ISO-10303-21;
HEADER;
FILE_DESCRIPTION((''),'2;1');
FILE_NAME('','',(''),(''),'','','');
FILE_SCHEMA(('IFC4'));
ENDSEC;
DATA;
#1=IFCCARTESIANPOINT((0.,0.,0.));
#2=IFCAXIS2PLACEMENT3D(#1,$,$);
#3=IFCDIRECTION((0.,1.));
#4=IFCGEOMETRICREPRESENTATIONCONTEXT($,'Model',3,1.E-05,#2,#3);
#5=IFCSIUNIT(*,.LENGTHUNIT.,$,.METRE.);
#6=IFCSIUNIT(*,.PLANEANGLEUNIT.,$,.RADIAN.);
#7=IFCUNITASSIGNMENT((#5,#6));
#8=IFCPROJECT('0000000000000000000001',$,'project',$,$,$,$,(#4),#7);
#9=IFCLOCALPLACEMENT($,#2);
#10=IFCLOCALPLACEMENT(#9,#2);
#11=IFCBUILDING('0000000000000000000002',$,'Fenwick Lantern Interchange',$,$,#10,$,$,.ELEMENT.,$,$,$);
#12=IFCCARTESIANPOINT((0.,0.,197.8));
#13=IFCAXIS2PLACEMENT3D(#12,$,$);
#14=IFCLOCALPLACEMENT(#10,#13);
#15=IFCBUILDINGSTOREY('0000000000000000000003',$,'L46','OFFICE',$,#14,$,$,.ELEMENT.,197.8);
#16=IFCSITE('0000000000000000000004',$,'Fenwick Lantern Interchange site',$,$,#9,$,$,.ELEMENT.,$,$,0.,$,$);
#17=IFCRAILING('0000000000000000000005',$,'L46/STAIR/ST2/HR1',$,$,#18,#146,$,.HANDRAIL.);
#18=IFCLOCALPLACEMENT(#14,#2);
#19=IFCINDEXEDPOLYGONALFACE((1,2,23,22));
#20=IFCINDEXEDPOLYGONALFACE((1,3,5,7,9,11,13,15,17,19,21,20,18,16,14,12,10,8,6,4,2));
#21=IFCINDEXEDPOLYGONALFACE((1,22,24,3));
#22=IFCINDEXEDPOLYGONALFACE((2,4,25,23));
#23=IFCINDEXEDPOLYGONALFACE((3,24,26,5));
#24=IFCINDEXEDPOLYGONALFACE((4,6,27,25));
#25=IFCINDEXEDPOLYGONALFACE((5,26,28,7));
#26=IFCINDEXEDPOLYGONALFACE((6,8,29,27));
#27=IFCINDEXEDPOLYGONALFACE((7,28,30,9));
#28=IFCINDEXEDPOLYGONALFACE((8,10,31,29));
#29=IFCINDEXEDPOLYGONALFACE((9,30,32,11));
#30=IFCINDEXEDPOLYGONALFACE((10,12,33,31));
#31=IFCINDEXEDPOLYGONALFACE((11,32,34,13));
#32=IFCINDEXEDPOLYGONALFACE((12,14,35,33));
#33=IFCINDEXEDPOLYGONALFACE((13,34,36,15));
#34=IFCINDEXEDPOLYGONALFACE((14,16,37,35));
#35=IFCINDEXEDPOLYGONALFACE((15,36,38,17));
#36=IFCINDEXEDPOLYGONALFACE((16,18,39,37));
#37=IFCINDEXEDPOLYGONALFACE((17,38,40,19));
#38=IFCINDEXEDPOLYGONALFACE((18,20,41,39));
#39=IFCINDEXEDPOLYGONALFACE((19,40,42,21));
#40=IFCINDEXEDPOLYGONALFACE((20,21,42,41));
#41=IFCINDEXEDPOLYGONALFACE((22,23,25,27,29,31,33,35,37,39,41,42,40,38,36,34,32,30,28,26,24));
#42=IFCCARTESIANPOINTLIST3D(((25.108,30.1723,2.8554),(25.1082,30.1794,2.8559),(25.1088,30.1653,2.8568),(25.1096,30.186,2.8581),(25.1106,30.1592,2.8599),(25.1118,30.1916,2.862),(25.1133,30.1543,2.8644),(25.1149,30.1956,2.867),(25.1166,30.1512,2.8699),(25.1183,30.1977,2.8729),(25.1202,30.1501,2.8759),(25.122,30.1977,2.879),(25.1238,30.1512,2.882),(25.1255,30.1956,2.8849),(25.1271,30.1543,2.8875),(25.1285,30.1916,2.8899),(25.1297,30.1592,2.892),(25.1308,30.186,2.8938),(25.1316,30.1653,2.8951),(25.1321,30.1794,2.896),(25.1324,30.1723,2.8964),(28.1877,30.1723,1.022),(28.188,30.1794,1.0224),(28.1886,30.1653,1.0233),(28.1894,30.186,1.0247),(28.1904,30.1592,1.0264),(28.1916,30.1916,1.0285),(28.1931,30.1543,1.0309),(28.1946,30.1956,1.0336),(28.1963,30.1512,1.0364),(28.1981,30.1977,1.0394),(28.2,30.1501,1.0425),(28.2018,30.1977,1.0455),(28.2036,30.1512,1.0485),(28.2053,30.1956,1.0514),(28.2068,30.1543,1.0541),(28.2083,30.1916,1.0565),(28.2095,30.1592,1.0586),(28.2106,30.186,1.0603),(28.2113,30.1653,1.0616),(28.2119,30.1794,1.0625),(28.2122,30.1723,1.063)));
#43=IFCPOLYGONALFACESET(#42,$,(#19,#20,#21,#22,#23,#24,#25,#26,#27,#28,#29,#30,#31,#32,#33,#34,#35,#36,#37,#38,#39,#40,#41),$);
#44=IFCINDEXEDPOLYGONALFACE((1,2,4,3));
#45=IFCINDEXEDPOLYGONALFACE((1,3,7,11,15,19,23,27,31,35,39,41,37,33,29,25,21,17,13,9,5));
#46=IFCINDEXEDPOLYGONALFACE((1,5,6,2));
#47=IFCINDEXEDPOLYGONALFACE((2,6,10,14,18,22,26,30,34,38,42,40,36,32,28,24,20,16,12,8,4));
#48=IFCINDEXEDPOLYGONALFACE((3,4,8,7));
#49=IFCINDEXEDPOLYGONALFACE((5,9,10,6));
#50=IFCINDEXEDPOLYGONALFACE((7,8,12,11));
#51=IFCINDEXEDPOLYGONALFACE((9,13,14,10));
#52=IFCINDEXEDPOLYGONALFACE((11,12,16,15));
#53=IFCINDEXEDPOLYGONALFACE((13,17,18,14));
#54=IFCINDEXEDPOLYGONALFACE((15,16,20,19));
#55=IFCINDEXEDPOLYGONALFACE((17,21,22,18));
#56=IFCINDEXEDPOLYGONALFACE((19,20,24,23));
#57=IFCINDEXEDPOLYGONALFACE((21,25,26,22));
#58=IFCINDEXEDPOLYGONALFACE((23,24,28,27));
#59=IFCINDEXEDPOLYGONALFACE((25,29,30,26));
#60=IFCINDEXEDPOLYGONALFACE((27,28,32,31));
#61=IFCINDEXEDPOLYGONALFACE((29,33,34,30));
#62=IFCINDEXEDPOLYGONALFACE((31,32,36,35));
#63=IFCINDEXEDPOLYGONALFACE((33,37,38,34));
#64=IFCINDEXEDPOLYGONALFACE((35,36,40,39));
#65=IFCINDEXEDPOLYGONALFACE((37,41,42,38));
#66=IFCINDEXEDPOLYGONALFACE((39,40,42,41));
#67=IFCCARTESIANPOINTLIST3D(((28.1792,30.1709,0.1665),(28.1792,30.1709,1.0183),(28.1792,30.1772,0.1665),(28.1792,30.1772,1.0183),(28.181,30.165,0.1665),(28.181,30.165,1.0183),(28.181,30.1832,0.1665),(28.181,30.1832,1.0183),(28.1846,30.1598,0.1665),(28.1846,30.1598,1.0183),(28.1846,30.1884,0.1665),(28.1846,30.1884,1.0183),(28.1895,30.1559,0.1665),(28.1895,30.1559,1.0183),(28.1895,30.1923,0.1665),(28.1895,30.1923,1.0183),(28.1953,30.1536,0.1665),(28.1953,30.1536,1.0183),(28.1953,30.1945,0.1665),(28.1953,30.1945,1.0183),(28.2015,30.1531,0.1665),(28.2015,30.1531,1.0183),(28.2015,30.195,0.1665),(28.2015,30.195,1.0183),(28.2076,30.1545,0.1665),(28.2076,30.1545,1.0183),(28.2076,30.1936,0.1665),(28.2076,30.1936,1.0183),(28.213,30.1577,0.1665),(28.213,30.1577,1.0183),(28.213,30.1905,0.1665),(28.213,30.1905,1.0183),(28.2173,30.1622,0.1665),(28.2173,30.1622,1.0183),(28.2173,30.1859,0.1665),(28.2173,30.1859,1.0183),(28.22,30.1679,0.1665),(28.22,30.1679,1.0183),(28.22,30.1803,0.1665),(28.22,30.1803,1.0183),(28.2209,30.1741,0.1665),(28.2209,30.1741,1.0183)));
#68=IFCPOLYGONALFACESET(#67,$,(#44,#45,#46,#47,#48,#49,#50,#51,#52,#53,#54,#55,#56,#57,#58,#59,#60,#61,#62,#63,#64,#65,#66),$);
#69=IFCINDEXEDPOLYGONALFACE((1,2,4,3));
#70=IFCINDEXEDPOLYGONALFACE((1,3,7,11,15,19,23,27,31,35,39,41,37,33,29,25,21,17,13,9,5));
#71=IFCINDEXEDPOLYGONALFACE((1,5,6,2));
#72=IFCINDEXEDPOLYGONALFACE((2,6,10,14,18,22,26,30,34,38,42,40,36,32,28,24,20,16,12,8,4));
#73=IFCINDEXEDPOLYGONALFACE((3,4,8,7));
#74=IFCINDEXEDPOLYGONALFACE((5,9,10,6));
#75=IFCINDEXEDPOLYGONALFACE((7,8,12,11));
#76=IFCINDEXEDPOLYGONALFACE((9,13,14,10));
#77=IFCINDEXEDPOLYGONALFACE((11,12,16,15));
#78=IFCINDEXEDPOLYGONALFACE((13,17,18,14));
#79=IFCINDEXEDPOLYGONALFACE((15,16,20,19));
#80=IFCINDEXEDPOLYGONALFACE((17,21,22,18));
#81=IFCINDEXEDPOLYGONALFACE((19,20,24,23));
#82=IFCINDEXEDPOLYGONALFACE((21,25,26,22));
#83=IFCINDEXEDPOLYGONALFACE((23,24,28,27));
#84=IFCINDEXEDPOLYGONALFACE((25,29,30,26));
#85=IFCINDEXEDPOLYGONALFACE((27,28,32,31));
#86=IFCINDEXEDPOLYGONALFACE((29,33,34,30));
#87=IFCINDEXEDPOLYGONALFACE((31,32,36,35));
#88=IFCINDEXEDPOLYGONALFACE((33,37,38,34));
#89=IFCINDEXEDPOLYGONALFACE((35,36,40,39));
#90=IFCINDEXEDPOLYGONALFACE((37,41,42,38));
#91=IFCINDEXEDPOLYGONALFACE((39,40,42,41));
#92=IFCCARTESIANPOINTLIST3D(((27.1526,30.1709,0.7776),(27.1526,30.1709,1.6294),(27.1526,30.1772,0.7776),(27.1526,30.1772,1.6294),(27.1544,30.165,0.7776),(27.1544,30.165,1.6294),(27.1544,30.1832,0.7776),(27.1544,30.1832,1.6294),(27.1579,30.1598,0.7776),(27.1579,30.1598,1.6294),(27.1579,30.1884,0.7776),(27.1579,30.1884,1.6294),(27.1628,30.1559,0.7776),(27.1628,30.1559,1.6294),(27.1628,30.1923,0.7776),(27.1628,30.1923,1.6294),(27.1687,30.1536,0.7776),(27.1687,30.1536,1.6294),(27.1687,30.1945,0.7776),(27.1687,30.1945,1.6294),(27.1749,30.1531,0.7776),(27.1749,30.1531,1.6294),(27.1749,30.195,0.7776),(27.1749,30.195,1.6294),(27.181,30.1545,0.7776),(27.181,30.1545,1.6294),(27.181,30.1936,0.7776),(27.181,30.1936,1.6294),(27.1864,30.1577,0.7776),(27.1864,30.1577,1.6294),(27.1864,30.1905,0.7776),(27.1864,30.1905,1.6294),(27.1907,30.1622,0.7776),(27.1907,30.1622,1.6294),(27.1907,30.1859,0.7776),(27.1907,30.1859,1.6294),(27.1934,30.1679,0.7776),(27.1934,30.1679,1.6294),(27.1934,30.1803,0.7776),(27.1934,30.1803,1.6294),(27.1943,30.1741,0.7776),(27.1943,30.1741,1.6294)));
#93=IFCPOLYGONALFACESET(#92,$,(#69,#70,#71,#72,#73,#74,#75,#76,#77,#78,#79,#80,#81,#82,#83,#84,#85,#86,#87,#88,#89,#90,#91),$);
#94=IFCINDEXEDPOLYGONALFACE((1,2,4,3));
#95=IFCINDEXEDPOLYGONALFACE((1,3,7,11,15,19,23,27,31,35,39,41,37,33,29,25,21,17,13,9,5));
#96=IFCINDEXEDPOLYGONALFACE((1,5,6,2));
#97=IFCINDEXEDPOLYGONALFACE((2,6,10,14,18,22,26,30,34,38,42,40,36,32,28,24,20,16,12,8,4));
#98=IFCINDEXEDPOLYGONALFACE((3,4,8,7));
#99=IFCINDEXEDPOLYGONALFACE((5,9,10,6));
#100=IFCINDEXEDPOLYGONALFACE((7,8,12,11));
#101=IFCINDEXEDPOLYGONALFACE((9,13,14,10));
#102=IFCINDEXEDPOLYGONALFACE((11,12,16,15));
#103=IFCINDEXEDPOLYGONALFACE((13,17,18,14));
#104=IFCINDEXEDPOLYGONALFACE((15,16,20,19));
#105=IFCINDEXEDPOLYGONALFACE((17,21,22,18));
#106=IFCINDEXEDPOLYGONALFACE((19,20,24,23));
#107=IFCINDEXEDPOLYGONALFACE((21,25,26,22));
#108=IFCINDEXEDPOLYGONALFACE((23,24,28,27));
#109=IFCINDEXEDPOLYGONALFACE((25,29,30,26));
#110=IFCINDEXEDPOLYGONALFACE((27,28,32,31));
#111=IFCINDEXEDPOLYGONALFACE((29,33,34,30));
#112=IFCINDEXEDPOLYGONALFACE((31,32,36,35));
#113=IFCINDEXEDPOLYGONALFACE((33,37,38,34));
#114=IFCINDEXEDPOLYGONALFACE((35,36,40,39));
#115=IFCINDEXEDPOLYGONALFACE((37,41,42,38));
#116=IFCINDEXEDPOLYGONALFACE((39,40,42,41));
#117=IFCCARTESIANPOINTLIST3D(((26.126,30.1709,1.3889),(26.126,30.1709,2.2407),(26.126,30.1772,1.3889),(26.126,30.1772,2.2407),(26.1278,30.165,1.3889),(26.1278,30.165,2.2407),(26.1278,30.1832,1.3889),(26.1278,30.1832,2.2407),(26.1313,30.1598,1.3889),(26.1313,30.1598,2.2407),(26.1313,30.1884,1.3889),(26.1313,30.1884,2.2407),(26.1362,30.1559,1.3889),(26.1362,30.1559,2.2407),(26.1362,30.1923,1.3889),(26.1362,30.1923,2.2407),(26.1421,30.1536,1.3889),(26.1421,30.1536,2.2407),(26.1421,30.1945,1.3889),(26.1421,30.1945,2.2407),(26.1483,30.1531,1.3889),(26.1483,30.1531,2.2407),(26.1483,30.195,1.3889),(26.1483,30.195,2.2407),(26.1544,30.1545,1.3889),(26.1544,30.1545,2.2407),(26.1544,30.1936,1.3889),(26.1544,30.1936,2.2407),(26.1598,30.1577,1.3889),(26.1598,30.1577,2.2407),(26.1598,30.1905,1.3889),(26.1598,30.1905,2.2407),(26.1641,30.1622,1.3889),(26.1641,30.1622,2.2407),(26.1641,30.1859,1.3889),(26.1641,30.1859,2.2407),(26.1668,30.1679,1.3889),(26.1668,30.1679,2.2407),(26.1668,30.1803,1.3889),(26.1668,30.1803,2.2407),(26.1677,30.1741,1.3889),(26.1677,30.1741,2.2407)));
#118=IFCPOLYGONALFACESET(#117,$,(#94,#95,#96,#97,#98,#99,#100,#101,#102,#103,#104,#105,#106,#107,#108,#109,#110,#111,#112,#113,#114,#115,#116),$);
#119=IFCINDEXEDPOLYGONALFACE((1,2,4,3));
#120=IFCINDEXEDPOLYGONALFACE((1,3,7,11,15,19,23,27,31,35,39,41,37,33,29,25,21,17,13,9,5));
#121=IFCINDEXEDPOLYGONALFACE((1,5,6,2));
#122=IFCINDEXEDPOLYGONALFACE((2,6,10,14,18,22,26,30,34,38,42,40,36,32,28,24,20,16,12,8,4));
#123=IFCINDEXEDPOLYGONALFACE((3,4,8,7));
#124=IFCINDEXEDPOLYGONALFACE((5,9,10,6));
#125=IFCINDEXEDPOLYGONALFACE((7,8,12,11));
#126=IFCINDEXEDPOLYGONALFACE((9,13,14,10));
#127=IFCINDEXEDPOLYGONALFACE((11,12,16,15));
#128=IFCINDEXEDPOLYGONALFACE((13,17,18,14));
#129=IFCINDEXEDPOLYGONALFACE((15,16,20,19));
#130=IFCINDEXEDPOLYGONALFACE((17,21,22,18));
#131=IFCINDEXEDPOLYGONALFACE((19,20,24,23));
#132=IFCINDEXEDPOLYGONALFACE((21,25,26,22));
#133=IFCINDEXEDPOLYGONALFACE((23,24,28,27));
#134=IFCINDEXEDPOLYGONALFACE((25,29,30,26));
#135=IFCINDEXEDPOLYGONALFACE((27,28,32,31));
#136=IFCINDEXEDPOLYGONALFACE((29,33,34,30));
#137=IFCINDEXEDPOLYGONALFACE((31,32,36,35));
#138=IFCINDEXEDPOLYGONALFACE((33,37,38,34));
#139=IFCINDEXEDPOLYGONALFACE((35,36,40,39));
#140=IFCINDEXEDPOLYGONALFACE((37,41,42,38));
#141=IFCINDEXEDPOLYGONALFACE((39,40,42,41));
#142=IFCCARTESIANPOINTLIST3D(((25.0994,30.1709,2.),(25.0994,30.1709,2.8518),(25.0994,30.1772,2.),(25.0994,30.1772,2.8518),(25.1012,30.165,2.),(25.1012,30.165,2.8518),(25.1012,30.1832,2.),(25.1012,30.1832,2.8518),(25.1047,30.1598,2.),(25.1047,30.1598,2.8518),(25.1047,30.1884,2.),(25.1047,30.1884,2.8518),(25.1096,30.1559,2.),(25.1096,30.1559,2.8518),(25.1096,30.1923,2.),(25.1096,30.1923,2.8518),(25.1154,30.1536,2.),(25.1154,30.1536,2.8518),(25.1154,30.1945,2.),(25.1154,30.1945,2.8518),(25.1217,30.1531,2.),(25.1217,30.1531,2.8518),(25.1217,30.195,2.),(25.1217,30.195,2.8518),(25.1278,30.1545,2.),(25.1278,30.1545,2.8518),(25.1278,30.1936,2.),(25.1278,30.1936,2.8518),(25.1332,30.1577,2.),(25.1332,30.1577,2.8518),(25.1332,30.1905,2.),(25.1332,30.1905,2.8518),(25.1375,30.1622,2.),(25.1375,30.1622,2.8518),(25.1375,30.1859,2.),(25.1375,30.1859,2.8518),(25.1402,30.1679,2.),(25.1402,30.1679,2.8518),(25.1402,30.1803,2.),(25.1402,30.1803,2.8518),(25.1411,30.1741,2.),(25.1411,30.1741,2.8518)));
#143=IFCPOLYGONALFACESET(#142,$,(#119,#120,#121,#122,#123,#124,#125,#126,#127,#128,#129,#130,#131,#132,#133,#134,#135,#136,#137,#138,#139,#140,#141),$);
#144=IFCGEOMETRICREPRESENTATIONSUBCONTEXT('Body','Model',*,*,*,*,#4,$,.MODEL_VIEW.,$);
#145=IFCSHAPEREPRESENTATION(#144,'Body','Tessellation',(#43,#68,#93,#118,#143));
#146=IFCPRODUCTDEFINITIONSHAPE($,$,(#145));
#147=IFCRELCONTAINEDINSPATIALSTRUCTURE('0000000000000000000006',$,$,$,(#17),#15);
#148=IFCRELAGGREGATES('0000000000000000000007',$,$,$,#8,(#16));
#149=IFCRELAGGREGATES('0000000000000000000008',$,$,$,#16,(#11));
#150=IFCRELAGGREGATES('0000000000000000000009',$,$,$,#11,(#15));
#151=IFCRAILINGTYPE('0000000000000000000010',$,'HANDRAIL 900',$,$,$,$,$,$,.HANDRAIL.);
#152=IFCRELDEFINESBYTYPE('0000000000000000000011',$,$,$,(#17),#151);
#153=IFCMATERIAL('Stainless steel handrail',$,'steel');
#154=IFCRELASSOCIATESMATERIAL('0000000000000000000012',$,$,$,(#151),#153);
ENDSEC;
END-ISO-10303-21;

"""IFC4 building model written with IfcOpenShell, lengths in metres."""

from ifc_helpers import new_model, si_unit, direction, frame, origin, origin_2d, place, context, subcontext, project, spatial, circle, extrude, material, type_object, element, save


model = new_model("IFC4")

# Units and contexts
model_context = context("Model", 3, precision=1e-05, world=origin(), true_north=direction((0.0, 1.0)))
body_context = subcontext(model_context, "Body", "Model", "MODEL_VIEW")
ifc_project = project(units=[si_unit("LENGTHUNIT", "METRE"), si_unit("PLANEANGLEUNIT", "RADIAN")], contexts=[model_context])

# Site, building, storey
site_placement = place(None, origin())
site = spatial("IfcSite", under=ifc_project, at=site_placement, Name="Fenwick Lantern Interchange site", CompositionType="ELEMENT", RefElevation=0.0)
building_placement = place(site_placement, origin())
building = spatial("IfcBuilding", under=site, at=building_placement, Name="Fenwick Lantern Interchange", CompositionType="ELEMENT")
storey_placement = place(building_placement, frame((0.0, 0.0, 197.8)))
storey = spatial("IfcBuildingStorey", under=building, at=storey_placement, Name="L46", Description="OFFICE", CompositionType="ELEMENT", Elevation=197.8)

# Railing
ifc_material_1 = material(Name="Stainless steel handrail", Category="steel")
railing_type = type_object("IfcRailingType", Name="HANDRAIL 900", PredefinedType="HANDRAIL", material=ifc_material_1)
railing_1_placement = place(storey_placement, frame((28.2, 30.1741, 0.1665)))
element("IfcRailing", 1, at=railing_1_placement, inside=storey, type_object=railing_type, Name="L46/STAIR/ST2/HR1", PredefinedType="HANDRAIL", context=body_context, shape_type="SweptSolid", body=[
    extrude(circle(Radius=0.0239, at=origin_2d()), frame((0.0, 0.0, 0.876), z_axis=(-0.859261, 0.0, 0.511538), x_axis=(0.0, -1.0, 0.0)), (0.0, 0.0, 1.0), 3.5842),
    extrude(circle(Radius=0.021, at=origin_2d()), origin(), (0.0, 0.0, 1.0), 0.8518),
    extrude(circle(Radius=0.021, at=origin_2d()), frame((-1.0266, 0.0, 0.6111)), (0.0, 0.0, 1.0), 0.8518),
    extrude(circle(Radius=0.021, at=origin_2d()), frame((-2.0532, 0.0, 1.2224)), (0.0, 0.0, 1.0), 0.8518),
    extrude(circle(Radius=0.021, at=origin_2d()), frame((-3.0798, 0.0, 1.8335)), (0.0, 0.0, 1.0), 0.8518),
])

save(model, "model.ifc")
